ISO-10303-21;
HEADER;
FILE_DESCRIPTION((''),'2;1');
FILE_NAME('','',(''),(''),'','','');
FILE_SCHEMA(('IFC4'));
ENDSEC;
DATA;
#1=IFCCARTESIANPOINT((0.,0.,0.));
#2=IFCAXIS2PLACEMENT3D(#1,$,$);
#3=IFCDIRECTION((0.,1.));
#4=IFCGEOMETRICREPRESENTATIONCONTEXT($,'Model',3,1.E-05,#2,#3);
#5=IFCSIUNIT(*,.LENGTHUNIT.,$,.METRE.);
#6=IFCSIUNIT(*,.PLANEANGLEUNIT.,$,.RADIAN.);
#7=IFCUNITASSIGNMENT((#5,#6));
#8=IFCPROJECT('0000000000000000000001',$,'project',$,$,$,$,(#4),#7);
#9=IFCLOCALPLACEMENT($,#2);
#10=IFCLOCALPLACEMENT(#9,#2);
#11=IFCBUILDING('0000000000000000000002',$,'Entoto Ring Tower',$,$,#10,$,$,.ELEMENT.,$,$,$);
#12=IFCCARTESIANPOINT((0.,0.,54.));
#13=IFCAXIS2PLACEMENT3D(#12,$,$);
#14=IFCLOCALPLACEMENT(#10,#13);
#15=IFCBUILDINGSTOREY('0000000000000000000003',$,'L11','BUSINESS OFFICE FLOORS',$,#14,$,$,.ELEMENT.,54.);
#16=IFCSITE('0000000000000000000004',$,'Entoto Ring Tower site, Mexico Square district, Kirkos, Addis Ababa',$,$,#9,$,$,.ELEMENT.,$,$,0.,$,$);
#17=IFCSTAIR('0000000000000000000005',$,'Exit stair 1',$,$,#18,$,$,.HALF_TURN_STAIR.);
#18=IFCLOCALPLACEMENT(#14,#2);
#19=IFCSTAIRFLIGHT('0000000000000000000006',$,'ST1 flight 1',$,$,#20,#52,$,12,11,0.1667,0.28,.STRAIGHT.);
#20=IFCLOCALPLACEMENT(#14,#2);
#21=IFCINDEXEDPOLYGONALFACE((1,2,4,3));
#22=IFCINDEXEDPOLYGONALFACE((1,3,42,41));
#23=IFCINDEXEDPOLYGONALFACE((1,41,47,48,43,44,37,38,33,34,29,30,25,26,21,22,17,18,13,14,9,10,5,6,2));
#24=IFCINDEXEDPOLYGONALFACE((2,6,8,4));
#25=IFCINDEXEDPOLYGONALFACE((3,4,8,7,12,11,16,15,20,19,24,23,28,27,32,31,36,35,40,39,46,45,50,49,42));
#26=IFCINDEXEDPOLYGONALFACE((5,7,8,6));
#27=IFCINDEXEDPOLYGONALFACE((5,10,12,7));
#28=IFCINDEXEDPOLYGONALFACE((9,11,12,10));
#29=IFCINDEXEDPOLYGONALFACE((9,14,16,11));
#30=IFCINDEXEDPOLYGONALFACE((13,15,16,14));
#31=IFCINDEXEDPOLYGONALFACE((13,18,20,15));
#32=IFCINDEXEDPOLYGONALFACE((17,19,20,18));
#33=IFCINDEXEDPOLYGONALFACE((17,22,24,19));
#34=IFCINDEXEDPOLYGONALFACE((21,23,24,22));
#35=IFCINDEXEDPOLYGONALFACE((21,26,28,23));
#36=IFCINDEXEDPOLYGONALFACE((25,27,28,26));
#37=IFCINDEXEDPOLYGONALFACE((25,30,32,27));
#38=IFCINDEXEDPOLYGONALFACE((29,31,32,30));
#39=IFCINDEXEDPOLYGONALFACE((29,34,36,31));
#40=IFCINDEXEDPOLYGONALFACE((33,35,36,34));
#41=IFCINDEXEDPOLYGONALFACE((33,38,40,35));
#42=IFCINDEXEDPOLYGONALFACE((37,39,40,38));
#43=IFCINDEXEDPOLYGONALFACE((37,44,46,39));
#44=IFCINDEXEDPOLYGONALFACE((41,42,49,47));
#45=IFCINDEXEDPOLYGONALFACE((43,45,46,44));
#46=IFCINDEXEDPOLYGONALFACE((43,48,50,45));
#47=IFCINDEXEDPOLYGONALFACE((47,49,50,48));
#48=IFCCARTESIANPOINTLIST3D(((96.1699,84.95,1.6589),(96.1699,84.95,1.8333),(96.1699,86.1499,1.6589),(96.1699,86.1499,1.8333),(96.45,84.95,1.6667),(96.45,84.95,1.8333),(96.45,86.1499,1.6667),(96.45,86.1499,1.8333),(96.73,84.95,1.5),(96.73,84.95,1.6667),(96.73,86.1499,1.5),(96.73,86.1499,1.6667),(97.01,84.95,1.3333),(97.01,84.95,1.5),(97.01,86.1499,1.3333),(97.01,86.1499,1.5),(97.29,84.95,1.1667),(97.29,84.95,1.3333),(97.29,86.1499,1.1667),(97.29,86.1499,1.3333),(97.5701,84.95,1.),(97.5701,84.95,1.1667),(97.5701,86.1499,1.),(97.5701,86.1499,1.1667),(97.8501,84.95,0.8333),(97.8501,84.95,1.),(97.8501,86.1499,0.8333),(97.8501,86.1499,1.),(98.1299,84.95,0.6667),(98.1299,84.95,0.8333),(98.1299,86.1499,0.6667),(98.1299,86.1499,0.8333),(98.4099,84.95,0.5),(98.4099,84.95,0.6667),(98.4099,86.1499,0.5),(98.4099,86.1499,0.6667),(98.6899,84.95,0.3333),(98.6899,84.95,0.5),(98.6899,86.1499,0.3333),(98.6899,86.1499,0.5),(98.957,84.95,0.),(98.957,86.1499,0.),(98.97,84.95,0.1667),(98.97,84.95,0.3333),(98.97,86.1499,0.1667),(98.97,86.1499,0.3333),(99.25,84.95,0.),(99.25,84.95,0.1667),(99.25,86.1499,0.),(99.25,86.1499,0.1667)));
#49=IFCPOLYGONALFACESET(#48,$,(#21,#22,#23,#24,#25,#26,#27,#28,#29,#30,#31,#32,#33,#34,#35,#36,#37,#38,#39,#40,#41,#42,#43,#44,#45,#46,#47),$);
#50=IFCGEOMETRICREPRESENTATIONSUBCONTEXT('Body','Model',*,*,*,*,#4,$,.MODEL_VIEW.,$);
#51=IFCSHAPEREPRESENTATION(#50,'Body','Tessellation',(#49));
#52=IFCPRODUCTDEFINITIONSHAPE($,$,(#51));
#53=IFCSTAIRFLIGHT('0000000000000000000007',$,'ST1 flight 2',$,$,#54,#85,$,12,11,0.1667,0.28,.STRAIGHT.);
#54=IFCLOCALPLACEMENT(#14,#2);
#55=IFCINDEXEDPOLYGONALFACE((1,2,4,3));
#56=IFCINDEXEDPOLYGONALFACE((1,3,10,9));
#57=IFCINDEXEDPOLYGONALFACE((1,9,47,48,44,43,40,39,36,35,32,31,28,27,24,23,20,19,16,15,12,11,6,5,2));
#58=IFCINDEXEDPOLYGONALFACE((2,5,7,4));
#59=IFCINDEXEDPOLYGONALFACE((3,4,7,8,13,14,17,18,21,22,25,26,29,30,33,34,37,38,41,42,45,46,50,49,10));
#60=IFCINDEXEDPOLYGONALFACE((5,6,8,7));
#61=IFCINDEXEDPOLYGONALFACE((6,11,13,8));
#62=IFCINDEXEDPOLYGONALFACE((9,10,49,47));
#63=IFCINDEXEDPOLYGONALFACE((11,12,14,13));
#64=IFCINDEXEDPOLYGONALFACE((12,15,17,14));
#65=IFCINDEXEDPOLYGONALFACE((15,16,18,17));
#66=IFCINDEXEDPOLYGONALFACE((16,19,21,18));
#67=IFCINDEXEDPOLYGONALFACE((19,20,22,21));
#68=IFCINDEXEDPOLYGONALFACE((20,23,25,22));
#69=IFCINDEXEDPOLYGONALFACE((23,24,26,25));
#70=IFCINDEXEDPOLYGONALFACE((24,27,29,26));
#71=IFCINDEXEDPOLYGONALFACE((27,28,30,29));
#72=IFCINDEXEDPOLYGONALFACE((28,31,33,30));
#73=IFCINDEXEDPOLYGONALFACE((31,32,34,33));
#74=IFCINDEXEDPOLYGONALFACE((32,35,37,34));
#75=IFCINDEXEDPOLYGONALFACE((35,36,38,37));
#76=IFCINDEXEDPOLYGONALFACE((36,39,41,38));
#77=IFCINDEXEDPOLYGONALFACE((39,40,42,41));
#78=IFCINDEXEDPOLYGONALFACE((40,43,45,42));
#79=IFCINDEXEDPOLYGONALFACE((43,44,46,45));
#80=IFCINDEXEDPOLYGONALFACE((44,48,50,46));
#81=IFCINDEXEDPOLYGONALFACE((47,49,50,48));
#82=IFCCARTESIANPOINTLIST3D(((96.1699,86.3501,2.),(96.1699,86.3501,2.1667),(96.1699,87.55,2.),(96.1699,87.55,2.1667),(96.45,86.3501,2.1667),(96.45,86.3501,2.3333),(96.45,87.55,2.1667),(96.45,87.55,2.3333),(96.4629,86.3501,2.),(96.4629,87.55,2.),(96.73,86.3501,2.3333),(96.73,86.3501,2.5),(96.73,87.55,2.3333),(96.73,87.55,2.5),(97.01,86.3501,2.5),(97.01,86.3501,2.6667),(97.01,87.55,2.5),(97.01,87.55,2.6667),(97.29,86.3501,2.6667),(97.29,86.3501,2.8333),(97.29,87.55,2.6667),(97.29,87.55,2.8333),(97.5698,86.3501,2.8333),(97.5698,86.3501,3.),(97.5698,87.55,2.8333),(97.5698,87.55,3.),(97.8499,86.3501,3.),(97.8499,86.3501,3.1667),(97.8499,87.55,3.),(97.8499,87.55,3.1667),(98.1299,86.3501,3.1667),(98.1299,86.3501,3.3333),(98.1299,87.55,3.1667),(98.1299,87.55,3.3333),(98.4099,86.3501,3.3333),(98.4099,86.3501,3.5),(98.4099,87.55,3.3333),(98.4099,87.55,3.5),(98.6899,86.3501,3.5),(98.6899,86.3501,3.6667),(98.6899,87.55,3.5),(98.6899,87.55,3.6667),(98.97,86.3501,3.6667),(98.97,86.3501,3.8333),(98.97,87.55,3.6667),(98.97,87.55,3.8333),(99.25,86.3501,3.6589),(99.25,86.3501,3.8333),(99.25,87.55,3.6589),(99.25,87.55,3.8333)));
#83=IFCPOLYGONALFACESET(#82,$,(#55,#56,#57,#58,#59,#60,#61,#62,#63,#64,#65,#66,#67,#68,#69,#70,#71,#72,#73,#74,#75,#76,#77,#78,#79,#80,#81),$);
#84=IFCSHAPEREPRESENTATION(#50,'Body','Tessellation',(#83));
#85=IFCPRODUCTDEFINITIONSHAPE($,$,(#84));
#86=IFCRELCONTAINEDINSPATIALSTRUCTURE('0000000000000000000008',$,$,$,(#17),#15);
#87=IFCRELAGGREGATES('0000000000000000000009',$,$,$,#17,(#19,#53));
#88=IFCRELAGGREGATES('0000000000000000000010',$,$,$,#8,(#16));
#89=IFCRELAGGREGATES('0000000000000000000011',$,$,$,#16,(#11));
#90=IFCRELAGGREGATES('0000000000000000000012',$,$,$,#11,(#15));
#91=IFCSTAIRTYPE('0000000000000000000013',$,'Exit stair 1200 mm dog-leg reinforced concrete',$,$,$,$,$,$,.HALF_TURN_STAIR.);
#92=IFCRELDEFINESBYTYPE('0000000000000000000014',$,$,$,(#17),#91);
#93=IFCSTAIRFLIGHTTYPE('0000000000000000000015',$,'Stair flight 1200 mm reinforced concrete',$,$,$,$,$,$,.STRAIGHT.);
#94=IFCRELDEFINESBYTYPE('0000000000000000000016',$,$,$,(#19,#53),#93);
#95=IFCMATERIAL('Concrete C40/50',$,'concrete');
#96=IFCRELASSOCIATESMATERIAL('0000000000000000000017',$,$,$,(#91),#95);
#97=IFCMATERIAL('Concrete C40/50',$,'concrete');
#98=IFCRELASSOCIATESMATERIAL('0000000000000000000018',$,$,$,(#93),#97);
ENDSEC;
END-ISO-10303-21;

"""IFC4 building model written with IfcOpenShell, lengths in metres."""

from ifc_helpers import new_model, si_unit, direction, frame, origin, place, context, subcontext, project, spatial, polyline, outline, extrude, material, type_object, element, aggregate, save


model = new_model("IFC4")

# Units and contexts
model_context = context("Model", 3, precision=1e-05, world=origin(), true_north=direction((0.0, 1.0)))
body_context = subcontext(model_context, "Body", "Model", "MODEL_VIEW")
ifc_project = project(units=[si_unit("LENGTHUNIT", "METRE"), si_unit("PLANEANGLEUNIT", "RADIAN")], contexts=[model_context])

# Site, building, storey
site_placement = place(None, origin())
site = spatial("IfcSite", under=ifc_project, at=site_placement, Name="Entoto Ring Tower site, Mexico Square district, Kirkos, Addis Ababa", CompositionType="ELEMENT", RefElevation=0.0)
building_placement = place(site_placement, origin())
building = spatial("IfcBuilding", under=site, at=building_placement, Name="Entoto Ring Tower", CompositionType="ELEMENT")
storey_placement = place(building_placement, frame((0.0, 0.0, 54.0)))
storey = spatial("IfcBuildingStorey", under=building, at=storey_placement, Name="L11", Description="BUSINESS OFFICE FLOORS", CompositionType="ELEMENT", Elevation=54.0)

# Stair, stair flights
ifc_material_1 = material(Name="Concrete C40/50", Category="concrete")
stair_type = type_object("IfcStairType", Name="Exit stair 1200 mm dog-leg reinforced concrete", PredefinedType="HALF_TURN_STAIR", material=ifc_material_1)
stair_placement = place(storey_placement, origin())
stair = element("IfcStair", 1, at=stair_placement, inside=storey, type_object=stair_type, Name="Exit stair 1", PredefinedType="HALF_TURN_STAIR")
ifc_material_2 = material(Name="Concrete C40/50", Category="concrete")
stair_flight_type = type_object("IfcStairFlightType", Name="Stair flight 1200 mm reinforced concrete", PredefinedType="STRAIGHT", material=ifc_material_2)
stair_flight_1_placement = place(storey_placement, frame((99.25, 85.55, 0.0), z_axis=(0.0, 0.0, 1.0), x_axis=(-1.0, 0.0, 0.0)))
stair_flight_1 = element("IfcStairFlight", 2, at=stair_flight_1_placement, type_object=stair_flight_type, Name="ST1 flight 1", NumberOfRisers=12, NumberOfTreads=11, PredefinedType="STRAIGHT", RiserHeight=0.1667, TreadLength=0.28, context=body_context, shape_type="SweptSolid", body=[
    extrude(outline(polyline([(0.0, 0.0), (0.0, 0.1667), (0.28, 0.1667), (0.28, 0.3333), (0.5601, 0.3333), (0.5601, 0.5), (0.8401, 0.5), (0.8401, 0.6667), (1.1201, 0.6667), (1.1201, 0.8333), (1.3999, 0.8333), (1.3999, 1.0), (1.6799, 1.0), (1.6799, 1.1667), (1.96, 1.1667), (1.96, 1.3333), (2.24, 1.3333), (2.24, 1.5), (2.52, 1.5), (2.52, 1.6667), (2.8, 1.6667), (2.8, 1.8333), (3.0801, 1.8333), (3.0801, 2.0), (3.0801, 1.6589), (0.293, 0.0), (0.0, 0.0)])), frame((0.0, 0.6001, 0.0), z_axis=(0.0, -1.0, 0.0), x_axis=(1.0, 0.0, 0.0)), (0.0, 0.0, 1.0), 1.2),
])
stair_flight_2_placement = place(storey_placement, frame((96.1699, 86.95, 2.0), z_axis=(0.0, 0.0, 1.0), x_axis=(1.0, 0.0, 0.0)))
stair_flight_2 = element("IfcStairFlight", 3, at=stair_flight_2_placement, type_object=stair_flight_type, Name="ST1 flight 2", NumberOfRisers=12, NumberOfTreads=11, PredefinedType="STRAIGHT", RiserHeight=0.1667, TreadLength=0.28, context=body_context, shape_type="SweptSolid", body=[
    extrude(outline(polyline([(0.0, 0.0), (0.0, 0.1667), (0.28, 0.1667), (0.28, 0.3333), (0.5601, 0.3333), (0.5601, 0.5), (0.8401, 0.5), (0.8401, 0.6667), (1.1201, 0.6667), (1.1201, 0.8333), (1.3999, 0.8333), (1.3999, 1.0), (1.6799, 1.0), (1.6799, 1.1667), (1.96, 1.1667), (1.96, 1.3333), (2.24, 1.3333), (2.24, 1.5), (2.52, 1.5), (2.52, 1.6667), (2.8, 1.6667), (2.8, 1.8333), (3.0801, 1.8333), (3.0801, 2.0), (3.0801, 1.6589), (0.293, 0.0), (0.0, 0.0)])), frame((0.0, 0.6001, 0.0), z_axis=(0.0, -1.0, 0.0), x_axis=(1.0, 0.0, 0.0)), (0.0, 0.0, 1.0), 1.2),
])
aggregate(stair, [stair_flight_1, stair_flight_2])

save(model, "model.ifc")
